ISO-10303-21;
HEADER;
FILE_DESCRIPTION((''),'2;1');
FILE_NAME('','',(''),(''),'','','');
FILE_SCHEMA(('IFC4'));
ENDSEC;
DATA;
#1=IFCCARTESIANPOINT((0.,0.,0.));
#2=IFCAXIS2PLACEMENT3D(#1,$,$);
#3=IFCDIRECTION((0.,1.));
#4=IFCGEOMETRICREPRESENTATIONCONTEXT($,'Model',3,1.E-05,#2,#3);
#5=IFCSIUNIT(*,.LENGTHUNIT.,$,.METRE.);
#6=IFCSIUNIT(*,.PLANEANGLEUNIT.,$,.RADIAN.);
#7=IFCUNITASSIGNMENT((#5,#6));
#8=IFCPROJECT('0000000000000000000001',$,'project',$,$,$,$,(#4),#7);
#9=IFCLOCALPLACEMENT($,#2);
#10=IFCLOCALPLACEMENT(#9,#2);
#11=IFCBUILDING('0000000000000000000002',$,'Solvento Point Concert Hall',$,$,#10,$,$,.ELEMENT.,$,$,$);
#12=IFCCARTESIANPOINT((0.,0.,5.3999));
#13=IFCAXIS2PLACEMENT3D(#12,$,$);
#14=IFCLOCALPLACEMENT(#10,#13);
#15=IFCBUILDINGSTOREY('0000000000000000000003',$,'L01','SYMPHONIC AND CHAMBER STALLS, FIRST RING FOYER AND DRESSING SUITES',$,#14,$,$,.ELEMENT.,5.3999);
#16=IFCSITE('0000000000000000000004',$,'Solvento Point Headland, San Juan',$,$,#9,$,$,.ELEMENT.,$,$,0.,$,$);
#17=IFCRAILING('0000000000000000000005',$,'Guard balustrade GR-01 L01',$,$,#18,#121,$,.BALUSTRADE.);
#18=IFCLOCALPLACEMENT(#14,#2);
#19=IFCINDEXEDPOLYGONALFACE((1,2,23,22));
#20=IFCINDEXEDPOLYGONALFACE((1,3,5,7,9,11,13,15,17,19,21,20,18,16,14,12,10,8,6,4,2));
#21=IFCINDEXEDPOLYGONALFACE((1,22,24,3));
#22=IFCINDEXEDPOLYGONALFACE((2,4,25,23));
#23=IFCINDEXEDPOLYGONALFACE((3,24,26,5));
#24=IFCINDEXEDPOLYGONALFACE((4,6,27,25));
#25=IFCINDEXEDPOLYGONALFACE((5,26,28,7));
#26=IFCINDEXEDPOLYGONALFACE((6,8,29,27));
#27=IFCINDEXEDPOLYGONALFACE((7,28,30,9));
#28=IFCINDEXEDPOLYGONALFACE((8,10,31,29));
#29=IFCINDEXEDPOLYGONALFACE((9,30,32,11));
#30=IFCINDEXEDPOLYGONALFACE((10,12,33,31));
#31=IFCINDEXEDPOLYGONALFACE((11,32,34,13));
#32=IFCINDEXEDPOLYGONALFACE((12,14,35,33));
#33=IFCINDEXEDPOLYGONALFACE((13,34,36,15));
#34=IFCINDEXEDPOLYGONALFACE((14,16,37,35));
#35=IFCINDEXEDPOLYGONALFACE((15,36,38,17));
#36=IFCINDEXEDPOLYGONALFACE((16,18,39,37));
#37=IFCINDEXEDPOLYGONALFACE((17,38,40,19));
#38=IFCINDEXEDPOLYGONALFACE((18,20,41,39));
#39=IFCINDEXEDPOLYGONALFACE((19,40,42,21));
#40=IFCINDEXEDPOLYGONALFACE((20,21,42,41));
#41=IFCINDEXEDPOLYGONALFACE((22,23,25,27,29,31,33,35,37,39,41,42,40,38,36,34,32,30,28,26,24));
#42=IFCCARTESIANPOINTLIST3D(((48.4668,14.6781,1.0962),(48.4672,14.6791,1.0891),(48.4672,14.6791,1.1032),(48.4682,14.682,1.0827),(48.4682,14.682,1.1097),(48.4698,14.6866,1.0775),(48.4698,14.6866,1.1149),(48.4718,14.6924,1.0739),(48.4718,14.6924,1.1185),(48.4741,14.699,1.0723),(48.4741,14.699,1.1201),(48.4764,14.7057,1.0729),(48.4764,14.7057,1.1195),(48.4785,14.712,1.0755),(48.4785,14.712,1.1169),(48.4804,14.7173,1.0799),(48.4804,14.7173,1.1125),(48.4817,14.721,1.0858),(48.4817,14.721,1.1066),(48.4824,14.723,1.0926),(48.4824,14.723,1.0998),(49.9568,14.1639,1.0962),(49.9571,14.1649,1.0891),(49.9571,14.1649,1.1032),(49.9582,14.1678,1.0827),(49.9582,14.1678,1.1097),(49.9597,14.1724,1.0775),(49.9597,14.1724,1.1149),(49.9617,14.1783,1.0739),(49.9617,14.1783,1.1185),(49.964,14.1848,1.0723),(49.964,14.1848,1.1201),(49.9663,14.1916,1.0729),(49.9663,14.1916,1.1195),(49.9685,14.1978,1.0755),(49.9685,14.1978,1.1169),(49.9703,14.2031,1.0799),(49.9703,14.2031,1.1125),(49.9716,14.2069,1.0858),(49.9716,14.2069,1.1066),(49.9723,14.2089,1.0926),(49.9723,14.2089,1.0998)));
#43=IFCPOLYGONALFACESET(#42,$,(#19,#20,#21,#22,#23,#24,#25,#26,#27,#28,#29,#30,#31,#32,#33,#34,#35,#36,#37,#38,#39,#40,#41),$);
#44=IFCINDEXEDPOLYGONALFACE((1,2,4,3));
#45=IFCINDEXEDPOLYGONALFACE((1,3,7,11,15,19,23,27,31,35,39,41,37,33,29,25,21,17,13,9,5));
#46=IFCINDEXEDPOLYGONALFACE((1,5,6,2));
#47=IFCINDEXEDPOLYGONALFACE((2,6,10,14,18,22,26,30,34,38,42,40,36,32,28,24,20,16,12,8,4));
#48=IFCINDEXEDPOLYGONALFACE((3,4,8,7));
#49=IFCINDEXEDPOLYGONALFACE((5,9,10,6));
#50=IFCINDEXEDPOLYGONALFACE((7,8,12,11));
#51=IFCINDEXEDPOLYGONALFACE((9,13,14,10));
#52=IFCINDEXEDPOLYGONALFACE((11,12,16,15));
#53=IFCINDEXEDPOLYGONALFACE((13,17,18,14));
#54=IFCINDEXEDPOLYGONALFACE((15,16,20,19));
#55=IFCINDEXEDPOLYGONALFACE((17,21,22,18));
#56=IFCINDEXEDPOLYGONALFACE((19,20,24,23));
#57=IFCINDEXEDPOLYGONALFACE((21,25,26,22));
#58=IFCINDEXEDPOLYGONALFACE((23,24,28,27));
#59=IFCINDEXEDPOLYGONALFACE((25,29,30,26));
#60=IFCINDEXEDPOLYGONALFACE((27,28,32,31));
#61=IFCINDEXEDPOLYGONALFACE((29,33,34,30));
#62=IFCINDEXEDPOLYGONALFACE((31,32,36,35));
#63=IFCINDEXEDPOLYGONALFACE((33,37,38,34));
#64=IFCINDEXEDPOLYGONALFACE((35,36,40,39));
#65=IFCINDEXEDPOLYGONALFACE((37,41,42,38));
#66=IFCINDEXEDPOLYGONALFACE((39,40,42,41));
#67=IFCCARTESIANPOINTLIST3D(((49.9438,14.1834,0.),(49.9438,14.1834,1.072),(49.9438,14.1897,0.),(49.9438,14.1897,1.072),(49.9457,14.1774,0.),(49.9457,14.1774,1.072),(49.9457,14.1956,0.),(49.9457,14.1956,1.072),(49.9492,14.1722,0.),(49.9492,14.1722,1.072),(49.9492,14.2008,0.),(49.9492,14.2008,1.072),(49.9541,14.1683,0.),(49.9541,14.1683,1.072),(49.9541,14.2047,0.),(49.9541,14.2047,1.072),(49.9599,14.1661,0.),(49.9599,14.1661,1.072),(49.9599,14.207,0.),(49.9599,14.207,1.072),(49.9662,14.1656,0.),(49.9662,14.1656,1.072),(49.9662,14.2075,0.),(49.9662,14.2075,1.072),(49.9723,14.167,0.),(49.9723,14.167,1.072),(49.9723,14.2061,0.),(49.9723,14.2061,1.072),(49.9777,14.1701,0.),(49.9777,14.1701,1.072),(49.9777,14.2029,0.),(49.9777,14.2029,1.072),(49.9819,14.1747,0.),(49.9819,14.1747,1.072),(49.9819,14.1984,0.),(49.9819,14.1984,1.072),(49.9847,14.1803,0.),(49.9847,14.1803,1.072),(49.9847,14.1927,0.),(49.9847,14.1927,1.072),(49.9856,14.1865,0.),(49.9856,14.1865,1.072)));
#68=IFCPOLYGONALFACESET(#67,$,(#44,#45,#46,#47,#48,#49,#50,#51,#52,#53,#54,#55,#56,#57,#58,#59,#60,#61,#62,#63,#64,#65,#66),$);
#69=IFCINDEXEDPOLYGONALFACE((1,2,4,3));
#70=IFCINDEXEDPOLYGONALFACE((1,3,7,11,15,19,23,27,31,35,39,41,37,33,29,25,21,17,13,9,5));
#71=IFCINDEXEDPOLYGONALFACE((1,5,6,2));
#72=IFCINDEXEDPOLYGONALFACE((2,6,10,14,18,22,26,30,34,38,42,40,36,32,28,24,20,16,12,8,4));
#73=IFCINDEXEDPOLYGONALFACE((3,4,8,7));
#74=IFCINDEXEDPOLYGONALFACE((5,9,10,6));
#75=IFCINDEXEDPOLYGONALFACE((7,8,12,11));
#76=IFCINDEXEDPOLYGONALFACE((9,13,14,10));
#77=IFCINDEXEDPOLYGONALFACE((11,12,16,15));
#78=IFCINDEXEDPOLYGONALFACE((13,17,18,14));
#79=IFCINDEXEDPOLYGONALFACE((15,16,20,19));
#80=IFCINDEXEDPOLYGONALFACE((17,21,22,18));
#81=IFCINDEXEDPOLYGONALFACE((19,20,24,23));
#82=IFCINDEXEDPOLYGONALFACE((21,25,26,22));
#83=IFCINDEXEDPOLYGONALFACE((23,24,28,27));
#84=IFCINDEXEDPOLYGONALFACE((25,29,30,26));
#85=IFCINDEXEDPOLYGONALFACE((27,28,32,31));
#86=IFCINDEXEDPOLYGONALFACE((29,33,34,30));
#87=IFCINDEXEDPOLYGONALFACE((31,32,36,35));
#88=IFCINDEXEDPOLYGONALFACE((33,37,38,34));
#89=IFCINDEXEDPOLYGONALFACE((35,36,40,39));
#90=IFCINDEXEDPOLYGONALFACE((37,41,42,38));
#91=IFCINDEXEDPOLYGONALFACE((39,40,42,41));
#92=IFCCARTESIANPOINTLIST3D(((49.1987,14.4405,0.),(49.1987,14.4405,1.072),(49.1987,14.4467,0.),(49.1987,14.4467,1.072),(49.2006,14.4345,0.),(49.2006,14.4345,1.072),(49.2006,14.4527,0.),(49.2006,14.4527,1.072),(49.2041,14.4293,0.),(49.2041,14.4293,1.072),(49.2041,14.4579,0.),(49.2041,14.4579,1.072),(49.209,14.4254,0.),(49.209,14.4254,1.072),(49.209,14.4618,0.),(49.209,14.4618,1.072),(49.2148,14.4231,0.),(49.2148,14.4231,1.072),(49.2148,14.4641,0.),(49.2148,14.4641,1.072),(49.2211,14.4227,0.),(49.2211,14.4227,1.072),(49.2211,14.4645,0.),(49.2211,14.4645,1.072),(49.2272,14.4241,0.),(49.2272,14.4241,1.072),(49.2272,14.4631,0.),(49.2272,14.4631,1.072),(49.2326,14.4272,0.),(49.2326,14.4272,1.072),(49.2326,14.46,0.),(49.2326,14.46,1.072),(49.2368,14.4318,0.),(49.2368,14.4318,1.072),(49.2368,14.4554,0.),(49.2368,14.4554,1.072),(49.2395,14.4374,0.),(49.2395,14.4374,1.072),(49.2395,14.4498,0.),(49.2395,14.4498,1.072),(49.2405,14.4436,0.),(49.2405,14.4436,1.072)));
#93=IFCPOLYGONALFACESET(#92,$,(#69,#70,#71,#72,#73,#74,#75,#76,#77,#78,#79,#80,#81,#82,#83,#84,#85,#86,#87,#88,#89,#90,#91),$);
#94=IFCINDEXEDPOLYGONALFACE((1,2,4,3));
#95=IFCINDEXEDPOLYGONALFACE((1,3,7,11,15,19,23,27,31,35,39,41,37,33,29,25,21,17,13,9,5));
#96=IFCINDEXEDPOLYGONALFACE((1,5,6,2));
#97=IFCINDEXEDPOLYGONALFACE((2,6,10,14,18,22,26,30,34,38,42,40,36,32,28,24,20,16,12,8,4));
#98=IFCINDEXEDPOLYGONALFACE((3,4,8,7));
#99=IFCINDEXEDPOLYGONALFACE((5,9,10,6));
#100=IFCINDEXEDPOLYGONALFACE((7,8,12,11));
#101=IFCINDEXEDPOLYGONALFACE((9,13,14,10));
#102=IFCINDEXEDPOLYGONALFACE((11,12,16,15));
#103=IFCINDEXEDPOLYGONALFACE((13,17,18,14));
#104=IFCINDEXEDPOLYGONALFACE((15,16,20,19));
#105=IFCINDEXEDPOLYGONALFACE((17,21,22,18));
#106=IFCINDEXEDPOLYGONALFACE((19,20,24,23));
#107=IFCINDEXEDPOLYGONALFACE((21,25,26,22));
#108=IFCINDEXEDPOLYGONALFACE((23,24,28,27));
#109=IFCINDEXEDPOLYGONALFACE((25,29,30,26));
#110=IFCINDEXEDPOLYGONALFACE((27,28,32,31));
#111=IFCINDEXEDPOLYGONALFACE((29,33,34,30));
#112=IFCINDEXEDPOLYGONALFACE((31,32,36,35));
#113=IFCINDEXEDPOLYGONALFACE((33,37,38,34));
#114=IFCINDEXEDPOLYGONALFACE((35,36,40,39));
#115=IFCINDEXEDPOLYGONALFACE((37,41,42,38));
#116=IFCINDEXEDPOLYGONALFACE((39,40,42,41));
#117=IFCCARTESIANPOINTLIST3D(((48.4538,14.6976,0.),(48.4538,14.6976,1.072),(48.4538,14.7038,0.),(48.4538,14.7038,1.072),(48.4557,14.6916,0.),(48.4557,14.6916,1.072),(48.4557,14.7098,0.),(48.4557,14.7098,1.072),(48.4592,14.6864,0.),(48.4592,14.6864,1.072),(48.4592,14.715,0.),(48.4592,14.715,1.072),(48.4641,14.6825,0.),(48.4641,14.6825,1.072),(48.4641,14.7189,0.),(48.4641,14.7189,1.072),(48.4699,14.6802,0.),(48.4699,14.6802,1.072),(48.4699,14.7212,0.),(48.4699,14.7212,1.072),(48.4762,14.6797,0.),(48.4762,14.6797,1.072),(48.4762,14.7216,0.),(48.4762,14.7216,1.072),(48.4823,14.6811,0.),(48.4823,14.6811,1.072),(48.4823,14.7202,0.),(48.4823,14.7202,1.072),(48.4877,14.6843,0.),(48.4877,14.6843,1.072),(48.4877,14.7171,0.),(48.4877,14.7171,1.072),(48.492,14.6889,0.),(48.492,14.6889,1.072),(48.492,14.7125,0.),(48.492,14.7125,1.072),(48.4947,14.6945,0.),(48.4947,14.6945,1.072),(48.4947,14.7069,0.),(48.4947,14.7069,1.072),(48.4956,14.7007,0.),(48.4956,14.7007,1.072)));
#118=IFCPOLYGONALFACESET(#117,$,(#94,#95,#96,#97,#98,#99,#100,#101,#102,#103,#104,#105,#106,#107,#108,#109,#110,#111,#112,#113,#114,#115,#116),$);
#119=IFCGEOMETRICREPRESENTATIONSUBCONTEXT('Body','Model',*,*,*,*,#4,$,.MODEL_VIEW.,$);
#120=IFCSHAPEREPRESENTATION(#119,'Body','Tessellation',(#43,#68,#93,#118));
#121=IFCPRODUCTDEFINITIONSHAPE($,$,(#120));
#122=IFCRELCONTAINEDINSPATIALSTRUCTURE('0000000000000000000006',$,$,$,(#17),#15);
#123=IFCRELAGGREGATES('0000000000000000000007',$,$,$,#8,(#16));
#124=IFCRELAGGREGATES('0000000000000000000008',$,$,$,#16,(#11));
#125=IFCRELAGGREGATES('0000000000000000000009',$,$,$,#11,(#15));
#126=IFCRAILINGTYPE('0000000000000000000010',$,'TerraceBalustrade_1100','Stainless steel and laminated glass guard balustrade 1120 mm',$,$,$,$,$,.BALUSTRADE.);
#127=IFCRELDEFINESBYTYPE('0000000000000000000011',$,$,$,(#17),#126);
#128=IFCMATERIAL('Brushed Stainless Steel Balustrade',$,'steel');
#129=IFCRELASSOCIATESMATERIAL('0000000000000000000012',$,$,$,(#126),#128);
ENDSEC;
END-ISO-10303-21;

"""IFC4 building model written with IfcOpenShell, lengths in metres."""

from ifc_helpers import new_model, si_unit, direction, frame, origin, origin_2d, place, context, subcontext, project, spatial, circle, extrude, material, type_object, element, save


model = new_model("IFC4")

# Units and contexts
model_context = context("Model", 3, precision=1e-05, world=origin(), true_north=direction((0.0, 1.0)))
body_context = subcontext(model_context, "Body", "Model", "MODEL_VIEW")
ifc_project = project(units=[si_unit("LENGTHUNIT", "METRE"), si_unit("PLANEANGLEUNIT", "RADIAN")], contexts=[model_context])

# Site, building, storey
site_placement = place(None, origin())
site = spatial("IfcSite", under=ifc_project, at=site_placement, Name="Solvento Point Headland, San Juan", CompositionType="ELEMENT", RefElevation=0.0)
building_placement = place(site_placement, origin())
building = spatial("IfcBuilding", under=site, at=building_placement, Name="Solvento Point Concert Hall", CompositionType="ELEMENT")
storey_placement = place(building_placement, frame((0.0, 0.0, 5.3999)))
storey = spatial("IfcBuildingStorey", under=building, at=storey_placement, Name="L01", Description="SYMPHONIC AND CHAMBER STALLS, FIRST RING FOYER AND DRESSING SUITES", CompositionType="ELEMENT", Elevation=5.3999)

# Railing
ifc_material_1 = material(Name="Brushed Stainless Steel Balustrade", Category="steel")
railing_type = type_object("IfcRailingType", Name="TerraceBalustrade_1100", Description="Stainless steel and laminated glass guard balustrade 1120 mm", PredefinedType="BALUSTRADE", material=ifc_material_1)
railing_placement = place(storey_placement, frame((49.9646, 14.1865, 0.0)))
element("IfcRailing", 1, at=railing_placement, inside=storey, type_object=railing_type, Name="Guard balustrade GR-01 L01", PredefinedType="BALUSTRADE", context=body_context, shape_type="SweptSolid", body=[
    extrude(circle(Radius=0.0239, at=origin_2d()), frame((0.0, 0.0, 1.0962), z_axis=(-0.945301, 0.326201, 0.0), x_axis=(-0.326201, -0.945301, 0.0)), (0.0, 0.0, 1.0), 1.5762),
    extrude(circle(Radius=0.021, at=origin_2d()), origin(), (0.0, 0.0, 1.0), 1.072),
    extrude(circle(Radius=0.021, at=origin_2d()), frame((-0.7451, 0.2571, 0.0)), (0.0, 0.0, 1.0), 1.072),
    extrude(circle(Radius=0.021, at=origin_2d()), frame((-1.49, 0.5142, 0.0)), (0.0, 0.0, 1.0), 1.072),
])

save(model, "model.ifc")
